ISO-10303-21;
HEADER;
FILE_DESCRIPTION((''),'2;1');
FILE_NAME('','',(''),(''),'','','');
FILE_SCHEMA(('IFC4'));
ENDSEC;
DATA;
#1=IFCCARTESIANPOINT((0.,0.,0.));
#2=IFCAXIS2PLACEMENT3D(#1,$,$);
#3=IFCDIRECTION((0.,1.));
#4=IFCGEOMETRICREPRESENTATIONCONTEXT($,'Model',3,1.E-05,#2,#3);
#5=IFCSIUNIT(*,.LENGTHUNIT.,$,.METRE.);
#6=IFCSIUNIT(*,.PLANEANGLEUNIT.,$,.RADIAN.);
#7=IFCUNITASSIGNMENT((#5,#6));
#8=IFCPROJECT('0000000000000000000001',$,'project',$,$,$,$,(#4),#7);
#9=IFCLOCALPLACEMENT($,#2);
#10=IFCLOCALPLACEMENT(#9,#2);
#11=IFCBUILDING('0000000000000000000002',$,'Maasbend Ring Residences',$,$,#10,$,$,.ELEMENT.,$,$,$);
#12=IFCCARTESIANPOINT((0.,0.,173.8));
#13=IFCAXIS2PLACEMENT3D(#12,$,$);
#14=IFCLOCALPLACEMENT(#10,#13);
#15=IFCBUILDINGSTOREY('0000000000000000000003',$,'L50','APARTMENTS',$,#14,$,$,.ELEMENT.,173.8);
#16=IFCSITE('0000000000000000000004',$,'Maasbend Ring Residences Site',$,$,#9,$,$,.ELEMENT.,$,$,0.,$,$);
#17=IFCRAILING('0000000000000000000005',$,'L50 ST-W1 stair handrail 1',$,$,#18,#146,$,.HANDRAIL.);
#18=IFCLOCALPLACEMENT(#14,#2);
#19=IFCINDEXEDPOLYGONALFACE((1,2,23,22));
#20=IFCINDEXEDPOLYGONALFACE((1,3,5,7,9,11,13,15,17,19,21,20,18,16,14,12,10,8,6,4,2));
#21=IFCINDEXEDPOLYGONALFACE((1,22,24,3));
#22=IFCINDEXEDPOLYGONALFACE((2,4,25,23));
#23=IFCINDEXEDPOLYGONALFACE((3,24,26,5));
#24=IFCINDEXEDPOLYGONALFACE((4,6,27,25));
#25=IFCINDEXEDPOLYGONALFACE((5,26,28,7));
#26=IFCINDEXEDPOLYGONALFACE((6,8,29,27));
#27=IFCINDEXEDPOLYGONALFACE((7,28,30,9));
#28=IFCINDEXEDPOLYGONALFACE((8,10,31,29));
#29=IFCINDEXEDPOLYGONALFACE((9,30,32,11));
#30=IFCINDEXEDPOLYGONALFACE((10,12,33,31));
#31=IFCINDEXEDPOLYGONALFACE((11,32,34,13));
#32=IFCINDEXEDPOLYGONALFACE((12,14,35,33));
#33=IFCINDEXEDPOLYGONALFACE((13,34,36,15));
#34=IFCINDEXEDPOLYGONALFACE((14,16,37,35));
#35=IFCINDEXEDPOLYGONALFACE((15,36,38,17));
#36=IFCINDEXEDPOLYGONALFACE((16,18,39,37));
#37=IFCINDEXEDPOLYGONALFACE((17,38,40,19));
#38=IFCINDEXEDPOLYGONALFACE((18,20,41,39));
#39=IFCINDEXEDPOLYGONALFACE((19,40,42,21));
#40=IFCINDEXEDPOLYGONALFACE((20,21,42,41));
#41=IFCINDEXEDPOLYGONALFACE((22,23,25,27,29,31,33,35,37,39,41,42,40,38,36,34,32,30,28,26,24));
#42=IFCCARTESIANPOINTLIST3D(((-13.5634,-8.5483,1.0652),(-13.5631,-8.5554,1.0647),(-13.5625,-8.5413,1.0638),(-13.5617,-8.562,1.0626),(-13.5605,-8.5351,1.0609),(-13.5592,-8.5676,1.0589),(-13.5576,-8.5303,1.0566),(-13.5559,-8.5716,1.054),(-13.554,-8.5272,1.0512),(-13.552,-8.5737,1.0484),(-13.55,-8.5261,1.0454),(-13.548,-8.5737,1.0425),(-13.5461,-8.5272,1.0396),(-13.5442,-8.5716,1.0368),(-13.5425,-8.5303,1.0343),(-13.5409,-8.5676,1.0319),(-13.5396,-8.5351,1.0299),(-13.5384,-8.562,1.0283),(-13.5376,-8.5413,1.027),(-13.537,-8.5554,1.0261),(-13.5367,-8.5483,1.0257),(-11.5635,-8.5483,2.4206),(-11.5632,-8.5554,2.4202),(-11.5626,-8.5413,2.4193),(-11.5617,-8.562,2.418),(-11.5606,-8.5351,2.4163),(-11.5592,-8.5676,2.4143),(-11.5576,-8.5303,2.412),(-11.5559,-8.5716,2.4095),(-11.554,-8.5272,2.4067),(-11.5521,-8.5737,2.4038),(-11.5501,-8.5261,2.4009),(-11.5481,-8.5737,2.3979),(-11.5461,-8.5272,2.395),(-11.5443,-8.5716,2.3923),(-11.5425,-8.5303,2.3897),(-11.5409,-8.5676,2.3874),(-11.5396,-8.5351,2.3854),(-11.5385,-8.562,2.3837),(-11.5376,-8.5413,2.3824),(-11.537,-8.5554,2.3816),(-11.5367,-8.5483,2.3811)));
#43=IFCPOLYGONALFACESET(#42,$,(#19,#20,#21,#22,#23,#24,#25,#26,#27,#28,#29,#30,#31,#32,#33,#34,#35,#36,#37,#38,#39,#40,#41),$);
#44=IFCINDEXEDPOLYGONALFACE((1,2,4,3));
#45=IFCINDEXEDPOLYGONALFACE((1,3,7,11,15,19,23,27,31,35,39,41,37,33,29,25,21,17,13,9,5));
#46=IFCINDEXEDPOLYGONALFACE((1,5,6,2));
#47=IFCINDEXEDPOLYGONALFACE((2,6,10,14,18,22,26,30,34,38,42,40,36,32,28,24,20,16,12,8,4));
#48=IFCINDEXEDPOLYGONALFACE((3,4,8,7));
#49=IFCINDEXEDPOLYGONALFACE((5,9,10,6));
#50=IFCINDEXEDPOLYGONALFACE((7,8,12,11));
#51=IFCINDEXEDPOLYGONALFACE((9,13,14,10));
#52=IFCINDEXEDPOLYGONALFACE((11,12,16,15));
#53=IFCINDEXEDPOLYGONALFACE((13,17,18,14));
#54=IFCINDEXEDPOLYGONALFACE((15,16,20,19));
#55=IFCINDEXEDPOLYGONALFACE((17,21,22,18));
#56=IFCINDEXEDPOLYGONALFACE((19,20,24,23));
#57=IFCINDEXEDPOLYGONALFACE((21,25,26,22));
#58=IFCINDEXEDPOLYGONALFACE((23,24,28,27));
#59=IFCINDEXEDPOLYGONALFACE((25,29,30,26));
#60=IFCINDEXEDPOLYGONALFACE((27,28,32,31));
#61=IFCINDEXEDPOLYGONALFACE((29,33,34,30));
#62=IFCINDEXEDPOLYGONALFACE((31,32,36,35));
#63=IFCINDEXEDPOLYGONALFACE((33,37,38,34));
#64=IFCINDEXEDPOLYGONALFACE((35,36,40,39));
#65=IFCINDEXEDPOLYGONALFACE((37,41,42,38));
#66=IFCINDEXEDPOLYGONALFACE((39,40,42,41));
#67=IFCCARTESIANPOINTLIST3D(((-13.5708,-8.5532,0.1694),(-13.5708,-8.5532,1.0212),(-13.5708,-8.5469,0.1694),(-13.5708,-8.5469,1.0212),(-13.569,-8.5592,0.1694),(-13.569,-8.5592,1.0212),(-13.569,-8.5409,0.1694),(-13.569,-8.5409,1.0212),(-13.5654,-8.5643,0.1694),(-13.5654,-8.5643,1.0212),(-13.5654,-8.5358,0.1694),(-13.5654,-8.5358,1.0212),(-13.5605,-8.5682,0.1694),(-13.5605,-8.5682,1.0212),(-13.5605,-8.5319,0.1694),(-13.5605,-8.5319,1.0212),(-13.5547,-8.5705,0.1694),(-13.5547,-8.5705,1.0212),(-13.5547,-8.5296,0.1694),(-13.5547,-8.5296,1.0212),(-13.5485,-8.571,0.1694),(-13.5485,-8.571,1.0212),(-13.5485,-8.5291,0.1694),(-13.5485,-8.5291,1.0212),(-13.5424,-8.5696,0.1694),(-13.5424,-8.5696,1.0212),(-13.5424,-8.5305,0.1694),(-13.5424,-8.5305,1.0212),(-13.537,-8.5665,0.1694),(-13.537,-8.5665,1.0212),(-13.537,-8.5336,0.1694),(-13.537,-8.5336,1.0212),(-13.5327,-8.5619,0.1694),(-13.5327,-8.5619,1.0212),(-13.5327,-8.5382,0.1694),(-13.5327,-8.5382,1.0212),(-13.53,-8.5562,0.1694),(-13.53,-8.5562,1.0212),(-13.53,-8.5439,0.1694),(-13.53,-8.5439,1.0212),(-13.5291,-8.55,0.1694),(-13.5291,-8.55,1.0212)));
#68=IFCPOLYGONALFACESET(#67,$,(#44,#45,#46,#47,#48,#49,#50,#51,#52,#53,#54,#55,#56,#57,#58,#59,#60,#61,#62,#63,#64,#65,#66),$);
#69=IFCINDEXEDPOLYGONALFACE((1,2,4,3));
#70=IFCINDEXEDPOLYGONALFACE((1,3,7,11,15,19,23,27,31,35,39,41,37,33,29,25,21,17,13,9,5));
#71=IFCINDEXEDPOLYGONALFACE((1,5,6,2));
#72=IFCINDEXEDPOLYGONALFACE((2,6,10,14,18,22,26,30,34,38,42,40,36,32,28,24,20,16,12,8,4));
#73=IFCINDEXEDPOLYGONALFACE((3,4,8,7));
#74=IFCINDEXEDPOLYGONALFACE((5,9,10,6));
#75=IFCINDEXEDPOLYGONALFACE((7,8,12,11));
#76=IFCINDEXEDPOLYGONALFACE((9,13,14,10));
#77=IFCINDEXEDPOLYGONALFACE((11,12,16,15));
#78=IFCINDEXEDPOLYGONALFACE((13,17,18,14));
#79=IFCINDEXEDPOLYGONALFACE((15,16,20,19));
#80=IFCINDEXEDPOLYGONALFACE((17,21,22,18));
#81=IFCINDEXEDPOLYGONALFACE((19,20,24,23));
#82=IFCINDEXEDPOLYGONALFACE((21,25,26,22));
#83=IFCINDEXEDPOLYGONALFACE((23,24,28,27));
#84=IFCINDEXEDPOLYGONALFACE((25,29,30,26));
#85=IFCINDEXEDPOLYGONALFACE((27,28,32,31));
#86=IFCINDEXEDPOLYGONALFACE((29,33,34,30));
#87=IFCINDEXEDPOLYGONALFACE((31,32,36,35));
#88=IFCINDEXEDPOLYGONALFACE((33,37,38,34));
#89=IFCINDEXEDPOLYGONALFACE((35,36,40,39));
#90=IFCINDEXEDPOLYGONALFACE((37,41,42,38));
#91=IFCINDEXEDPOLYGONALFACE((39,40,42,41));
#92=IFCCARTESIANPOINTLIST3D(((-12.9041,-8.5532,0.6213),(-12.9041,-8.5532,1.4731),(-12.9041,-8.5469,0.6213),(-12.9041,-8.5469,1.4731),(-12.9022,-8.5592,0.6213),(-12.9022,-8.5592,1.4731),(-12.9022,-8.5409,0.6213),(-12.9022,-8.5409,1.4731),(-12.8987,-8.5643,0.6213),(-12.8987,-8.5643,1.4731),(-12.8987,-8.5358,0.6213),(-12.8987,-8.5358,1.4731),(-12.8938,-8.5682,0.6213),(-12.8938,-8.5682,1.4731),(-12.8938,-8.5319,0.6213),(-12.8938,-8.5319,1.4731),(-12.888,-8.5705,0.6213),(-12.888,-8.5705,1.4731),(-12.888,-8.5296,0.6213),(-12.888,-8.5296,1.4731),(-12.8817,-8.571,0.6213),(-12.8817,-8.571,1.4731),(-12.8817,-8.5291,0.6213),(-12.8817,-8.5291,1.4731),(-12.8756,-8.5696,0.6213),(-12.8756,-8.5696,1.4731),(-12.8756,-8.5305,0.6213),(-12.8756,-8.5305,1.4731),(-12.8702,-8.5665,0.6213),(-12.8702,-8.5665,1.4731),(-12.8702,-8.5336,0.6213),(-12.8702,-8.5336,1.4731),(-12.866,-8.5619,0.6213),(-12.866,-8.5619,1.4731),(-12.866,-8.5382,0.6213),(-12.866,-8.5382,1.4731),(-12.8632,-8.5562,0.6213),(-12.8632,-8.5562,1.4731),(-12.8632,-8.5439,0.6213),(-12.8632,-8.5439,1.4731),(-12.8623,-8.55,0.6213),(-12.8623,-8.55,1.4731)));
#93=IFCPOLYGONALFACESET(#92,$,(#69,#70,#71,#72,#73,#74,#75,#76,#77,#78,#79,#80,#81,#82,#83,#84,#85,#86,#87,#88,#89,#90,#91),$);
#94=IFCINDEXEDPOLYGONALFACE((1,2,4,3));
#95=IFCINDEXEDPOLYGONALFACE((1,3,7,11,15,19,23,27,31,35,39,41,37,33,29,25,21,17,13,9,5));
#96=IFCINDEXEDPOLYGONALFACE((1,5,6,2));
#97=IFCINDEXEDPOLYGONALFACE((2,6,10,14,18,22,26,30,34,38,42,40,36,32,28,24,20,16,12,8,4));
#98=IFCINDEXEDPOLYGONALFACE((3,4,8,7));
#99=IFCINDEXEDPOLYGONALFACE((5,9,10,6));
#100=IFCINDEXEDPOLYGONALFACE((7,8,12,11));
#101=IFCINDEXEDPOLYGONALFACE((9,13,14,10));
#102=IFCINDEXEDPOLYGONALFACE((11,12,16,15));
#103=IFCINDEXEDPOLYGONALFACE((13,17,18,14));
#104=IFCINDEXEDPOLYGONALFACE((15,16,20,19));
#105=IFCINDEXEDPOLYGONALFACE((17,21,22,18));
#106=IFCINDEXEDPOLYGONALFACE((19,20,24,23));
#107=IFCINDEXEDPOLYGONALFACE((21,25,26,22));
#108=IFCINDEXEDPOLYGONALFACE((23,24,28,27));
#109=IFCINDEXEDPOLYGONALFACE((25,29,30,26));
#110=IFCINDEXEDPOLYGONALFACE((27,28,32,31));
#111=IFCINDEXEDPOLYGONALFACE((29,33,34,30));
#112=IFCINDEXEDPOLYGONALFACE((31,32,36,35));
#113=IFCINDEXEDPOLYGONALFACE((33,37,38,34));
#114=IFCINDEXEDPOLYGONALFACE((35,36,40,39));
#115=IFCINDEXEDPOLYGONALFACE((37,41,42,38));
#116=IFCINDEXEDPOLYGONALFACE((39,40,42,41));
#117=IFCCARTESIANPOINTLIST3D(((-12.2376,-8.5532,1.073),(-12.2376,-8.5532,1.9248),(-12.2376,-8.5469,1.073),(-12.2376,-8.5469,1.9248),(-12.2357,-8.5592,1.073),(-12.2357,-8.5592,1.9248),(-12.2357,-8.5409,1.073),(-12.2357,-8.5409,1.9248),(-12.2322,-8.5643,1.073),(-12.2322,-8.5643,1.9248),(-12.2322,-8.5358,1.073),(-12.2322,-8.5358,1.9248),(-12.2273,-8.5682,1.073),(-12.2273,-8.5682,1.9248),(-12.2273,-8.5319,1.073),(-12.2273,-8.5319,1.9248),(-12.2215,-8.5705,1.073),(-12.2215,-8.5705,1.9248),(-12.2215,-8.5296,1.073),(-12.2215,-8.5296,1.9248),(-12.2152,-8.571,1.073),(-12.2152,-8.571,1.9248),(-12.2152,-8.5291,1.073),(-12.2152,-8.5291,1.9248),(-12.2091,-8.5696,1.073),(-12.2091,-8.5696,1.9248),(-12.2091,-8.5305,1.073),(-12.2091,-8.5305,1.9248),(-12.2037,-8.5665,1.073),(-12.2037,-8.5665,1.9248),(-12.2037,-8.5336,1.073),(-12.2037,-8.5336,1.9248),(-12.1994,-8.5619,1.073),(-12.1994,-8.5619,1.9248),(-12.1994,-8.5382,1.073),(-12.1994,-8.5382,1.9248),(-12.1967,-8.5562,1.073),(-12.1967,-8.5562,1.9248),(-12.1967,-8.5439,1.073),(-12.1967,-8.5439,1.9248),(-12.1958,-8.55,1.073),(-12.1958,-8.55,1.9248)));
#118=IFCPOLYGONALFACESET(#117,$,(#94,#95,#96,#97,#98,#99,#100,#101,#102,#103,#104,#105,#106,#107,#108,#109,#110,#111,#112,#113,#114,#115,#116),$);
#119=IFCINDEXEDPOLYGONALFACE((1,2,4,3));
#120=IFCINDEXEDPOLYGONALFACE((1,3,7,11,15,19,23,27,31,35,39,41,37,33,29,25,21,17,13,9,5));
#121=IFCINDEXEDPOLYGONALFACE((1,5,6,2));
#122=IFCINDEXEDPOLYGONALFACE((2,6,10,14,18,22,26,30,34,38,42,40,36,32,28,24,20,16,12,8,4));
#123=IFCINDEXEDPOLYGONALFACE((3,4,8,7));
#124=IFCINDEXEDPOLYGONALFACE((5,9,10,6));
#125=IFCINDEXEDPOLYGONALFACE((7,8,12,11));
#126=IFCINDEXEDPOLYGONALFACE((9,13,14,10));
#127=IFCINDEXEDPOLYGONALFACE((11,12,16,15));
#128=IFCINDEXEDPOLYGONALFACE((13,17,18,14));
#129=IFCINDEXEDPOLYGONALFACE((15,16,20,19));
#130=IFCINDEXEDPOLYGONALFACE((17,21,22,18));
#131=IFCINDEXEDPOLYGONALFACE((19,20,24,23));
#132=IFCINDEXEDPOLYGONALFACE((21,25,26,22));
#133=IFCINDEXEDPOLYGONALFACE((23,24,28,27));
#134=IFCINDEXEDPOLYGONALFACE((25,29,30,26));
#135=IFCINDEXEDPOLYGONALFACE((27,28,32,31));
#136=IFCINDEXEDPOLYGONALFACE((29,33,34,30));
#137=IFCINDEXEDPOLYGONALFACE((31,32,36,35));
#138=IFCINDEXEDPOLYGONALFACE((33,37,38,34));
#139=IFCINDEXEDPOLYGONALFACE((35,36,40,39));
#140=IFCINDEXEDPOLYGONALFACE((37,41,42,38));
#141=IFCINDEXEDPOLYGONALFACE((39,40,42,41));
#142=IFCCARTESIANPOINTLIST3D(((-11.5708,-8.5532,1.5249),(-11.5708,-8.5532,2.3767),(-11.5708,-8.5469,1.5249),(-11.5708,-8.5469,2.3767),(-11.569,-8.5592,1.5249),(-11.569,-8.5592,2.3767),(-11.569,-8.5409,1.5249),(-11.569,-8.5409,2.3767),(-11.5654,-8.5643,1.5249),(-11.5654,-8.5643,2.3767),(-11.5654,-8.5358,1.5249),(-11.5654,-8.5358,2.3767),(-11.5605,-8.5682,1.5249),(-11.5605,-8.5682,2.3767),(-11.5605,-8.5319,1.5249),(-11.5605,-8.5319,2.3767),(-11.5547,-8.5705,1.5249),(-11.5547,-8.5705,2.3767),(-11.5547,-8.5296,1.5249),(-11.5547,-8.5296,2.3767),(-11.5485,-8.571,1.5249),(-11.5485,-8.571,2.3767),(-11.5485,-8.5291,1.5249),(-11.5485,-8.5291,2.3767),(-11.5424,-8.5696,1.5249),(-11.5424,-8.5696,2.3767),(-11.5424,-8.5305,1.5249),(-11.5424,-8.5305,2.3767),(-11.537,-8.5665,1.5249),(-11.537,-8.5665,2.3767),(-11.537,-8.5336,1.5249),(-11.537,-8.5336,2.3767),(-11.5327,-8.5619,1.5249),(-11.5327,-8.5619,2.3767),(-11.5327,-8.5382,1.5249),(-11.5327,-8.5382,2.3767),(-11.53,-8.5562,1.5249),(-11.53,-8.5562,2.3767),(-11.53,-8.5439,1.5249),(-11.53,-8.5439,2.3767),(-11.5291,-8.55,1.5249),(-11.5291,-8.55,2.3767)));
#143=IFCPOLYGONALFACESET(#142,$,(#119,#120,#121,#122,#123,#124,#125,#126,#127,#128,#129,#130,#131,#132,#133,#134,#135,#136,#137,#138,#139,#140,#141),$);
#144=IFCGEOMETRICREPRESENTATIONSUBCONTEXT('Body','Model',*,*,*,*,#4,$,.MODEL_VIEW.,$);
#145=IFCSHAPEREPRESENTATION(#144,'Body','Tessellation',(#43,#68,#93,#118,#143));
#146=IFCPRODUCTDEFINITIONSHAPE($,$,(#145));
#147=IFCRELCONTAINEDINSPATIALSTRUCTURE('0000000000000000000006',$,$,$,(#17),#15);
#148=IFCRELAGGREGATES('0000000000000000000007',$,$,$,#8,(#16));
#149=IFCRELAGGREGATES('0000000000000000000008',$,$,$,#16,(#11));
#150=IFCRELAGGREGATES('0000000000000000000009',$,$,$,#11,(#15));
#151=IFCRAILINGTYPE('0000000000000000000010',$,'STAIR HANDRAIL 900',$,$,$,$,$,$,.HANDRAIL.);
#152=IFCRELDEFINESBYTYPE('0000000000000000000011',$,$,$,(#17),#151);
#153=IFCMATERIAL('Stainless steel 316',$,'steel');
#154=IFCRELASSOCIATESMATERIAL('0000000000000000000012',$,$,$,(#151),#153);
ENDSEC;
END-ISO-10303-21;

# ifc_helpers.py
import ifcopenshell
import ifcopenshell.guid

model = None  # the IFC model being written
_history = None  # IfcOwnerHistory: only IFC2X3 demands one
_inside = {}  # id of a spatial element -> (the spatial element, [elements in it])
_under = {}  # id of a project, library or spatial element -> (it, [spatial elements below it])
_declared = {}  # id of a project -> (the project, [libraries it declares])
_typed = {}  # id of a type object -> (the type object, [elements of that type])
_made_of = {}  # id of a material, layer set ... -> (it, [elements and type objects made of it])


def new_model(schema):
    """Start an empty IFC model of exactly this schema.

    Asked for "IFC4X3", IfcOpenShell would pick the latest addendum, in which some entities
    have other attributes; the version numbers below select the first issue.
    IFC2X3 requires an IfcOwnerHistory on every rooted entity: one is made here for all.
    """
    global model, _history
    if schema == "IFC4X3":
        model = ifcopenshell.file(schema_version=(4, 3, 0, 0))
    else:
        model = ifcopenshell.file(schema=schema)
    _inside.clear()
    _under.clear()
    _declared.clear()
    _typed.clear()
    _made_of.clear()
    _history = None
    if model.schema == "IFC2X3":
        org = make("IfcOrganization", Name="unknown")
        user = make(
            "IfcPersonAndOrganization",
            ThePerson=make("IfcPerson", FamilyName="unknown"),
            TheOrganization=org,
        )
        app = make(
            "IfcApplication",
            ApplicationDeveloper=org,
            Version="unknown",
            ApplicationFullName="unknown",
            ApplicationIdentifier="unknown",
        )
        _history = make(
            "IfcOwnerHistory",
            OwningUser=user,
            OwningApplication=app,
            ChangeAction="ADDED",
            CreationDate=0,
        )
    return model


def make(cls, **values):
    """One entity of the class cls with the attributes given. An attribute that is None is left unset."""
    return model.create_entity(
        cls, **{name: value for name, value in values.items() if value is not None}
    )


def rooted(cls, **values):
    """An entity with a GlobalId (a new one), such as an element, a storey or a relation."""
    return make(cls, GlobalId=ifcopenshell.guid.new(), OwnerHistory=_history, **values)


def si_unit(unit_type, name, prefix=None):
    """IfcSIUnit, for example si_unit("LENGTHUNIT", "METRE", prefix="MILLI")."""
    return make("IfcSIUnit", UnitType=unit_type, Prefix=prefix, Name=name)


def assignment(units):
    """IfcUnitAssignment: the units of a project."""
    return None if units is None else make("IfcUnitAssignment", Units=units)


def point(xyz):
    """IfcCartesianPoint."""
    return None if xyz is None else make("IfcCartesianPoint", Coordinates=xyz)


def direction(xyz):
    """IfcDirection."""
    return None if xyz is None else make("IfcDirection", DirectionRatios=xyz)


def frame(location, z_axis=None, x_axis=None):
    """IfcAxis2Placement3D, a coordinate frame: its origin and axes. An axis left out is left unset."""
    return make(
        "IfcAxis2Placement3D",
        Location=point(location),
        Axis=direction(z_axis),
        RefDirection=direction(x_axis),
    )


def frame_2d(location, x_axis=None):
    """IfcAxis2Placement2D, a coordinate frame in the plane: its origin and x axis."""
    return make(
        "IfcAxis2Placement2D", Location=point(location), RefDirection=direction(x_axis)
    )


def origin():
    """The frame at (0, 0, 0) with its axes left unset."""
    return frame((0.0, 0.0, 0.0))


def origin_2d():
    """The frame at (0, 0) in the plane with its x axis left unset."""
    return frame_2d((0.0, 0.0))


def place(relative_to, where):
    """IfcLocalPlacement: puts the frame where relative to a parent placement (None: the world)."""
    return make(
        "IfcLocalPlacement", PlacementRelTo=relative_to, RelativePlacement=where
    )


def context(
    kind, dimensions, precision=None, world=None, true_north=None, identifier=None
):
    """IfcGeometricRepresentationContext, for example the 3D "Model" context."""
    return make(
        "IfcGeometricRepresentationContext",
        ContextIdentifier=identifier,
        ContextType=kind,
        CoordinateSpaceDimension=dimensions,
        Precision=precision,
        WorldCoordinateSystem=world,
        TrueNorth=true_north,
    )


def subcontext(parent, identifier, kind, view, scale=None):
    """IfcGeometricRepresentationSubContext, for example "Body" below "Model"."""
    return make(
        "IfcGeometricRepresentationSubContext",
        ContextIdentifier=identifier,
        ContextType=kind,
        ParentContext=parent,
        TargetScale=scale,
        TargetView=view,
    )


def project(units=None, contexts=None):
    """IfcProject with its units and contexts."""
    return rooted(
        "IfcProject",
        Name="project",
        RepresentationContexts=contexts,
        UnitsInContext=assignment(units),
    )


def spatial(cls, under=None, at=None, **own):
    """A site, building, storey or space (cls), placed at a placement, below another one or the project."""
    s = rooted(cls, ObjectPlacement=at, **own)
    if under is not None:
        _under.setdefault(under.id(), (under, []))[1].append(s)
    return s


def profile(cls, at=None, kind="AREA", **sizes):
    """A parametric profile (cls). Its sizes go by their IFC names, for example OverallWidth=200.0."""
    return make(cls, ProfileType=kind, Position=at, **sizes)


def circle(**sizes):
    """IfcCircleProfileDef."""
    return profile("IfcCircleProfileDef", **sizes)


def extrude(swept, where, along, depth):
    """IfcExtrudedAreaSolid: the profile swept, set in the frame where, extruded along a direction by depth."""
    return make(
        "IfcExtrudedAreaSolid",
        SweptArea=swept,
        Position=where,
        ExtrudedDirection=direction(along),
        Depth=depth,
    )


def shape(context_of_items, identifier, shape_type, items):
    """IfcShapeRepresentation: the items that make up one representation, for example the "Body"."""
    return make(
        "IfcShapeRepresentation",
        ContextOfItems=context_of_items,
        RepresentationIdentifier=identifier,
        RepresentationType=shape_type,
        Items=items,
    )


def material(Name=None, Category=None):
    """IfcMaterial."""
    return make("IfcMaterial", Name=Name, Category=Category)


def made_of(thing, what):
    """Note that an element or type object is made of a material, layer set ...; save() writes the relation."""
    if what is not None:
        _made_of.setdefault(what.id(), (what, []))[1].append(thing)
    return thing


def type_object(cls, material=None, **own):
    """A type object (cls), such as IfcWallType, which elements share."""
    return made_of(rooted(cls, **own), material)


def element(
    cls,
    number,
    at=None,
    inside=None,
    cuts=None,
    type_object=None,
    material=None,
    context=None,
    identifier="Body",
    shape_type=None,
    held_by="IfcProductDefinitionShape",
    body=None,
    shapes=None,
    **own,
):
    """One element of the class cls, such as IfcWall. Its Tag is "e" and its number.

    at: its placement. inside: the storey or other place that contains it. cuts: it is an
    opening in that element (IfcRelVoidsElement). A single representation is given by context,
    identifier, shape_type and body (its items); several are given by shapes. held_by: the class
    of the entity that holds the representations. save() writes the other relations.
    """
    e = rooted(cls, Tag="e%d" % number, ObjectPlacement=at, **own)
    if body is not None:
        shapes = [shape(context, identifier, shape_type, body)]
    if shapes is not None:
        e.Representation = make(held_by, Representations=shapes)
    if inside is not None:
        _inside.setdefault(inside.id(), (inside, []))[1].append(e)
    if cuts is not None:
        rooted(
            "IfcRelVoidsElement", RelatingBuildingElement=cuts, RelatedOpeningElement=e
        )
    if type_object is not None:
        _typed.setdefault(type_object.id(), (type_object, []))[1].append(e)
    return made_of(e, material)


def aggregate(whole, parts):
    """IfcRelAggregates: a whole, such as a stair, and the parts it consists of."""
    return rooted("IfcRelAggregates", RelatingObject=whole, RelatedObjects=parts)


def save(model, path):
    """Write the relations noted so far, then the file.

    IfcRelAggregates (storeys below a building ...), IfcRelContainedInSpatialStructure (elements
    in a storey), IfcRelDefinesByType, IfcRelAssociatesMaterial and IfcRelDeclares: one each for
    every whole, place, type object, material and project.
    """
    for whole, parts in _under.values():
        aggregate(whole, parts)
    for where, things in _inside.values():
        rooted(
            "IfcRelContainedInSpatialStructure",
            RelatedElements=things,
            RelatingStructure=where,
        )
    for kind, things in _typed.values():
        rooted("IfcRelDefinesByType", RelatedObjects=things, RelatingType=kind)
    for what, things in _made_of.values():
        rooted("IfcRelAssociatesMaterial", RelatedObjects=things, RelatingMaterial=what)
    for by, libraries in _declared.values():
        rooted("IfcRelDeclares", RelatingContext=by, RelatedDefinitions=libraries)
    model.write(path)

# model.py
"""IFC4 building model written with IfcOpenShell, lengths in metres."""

from ifc_helpers import new_model, si_unit, direction, frame, origin, origin_2d, place, context, subcontext, project, spatial, circle, extrude, material, type_object, element, save


model = new_model("IFC4")

# Units and contexts
model_context = context("Model", 3, precision=1e-05, world=origin(), true_north=direction((0.0, 1.0)))
body_context = subcontext(model_context, "Body", "Model", "MODEL_VIEW")
ifc_project = project(units=[si_unit("LENGTHUNIT", "METRE"), si_unit("PLANEANGLEUNIT", "RADIAN")], contexts=[model_context])

# Site, building, storey
site_placement = place(None, origin())
site = spatial("IfcSite", under=ifc_project, at=site_placement, Name="Maasbend Ring Residences Site", CompositionType="ELEMENT", RefElevation=0.0)
building_placement = place(site_placement, origin())
building = spatial("IfcBuilding", under=site, at=building_placement, Name="Maasbend Ring Residences", CompositionType="ELEMENT")
storey_placement = place(building_placement, frame((0.0, 0.0, 173.8)))
storey = spatial("IfcBuildingStorey", under=building, at=storey_placement, Name="L50", Description="APARTMENTS", CompositionType="ELEMENT", Elevation=173.8)

# Railing
ifc_material_1 = material(Name="Stainless steel 316", Category="steel")
railing_type_1 = type_object("IfcRailingType", Name="STAIR HANDRAIL 900", PredefinedType="HANDRAIL", material=ifc_material_1)
railing_1_placement = place(storey_placement, frame((-13.55, -8.55, 0.1694)))
element("IfcRailing", 1, at=railing_1_placement, inside=storey, type_object=railing_type_1, Name="L50 ST-W1 stair handrail 1", PredefinedType="HANDRAIL", context=body_context, shape_type="SweptSolid", body=[
    extrude(circle(Radius=0.0239, at=origin_2d()), frame((0.0, 0.0, 0.876), z_axis=(0.827798, 0.0, 0.561027), x_axis=(0.0, 1.0, 0.0)), (0.0, 0.0, 1.0), 2.416),
    extrude(circle(Radius=0.021, at=origin_2d()), origin(), (0.0, 0.0, 1.0), 0.8518),
    extrude(circle(Radius=0.021, at=origin_2d()), frame((0.6667, 0.0, 0.4519)), (0.0, 0.0, 1.0), 0.8518),
    extrude(circle(Radius=0.021, at=origin_2d()), frame((1.3333, 0.0, 0.9036)), (0.0, 0.0, 1.0), 0.8518),
    extrude(circle(Radius=0.021, at=origin_2d()), frame((2.0, 0.0, 1.3555)), (0.0, 0.0, 1.0), 0.8518),
])

save(model, "model.ifc")
